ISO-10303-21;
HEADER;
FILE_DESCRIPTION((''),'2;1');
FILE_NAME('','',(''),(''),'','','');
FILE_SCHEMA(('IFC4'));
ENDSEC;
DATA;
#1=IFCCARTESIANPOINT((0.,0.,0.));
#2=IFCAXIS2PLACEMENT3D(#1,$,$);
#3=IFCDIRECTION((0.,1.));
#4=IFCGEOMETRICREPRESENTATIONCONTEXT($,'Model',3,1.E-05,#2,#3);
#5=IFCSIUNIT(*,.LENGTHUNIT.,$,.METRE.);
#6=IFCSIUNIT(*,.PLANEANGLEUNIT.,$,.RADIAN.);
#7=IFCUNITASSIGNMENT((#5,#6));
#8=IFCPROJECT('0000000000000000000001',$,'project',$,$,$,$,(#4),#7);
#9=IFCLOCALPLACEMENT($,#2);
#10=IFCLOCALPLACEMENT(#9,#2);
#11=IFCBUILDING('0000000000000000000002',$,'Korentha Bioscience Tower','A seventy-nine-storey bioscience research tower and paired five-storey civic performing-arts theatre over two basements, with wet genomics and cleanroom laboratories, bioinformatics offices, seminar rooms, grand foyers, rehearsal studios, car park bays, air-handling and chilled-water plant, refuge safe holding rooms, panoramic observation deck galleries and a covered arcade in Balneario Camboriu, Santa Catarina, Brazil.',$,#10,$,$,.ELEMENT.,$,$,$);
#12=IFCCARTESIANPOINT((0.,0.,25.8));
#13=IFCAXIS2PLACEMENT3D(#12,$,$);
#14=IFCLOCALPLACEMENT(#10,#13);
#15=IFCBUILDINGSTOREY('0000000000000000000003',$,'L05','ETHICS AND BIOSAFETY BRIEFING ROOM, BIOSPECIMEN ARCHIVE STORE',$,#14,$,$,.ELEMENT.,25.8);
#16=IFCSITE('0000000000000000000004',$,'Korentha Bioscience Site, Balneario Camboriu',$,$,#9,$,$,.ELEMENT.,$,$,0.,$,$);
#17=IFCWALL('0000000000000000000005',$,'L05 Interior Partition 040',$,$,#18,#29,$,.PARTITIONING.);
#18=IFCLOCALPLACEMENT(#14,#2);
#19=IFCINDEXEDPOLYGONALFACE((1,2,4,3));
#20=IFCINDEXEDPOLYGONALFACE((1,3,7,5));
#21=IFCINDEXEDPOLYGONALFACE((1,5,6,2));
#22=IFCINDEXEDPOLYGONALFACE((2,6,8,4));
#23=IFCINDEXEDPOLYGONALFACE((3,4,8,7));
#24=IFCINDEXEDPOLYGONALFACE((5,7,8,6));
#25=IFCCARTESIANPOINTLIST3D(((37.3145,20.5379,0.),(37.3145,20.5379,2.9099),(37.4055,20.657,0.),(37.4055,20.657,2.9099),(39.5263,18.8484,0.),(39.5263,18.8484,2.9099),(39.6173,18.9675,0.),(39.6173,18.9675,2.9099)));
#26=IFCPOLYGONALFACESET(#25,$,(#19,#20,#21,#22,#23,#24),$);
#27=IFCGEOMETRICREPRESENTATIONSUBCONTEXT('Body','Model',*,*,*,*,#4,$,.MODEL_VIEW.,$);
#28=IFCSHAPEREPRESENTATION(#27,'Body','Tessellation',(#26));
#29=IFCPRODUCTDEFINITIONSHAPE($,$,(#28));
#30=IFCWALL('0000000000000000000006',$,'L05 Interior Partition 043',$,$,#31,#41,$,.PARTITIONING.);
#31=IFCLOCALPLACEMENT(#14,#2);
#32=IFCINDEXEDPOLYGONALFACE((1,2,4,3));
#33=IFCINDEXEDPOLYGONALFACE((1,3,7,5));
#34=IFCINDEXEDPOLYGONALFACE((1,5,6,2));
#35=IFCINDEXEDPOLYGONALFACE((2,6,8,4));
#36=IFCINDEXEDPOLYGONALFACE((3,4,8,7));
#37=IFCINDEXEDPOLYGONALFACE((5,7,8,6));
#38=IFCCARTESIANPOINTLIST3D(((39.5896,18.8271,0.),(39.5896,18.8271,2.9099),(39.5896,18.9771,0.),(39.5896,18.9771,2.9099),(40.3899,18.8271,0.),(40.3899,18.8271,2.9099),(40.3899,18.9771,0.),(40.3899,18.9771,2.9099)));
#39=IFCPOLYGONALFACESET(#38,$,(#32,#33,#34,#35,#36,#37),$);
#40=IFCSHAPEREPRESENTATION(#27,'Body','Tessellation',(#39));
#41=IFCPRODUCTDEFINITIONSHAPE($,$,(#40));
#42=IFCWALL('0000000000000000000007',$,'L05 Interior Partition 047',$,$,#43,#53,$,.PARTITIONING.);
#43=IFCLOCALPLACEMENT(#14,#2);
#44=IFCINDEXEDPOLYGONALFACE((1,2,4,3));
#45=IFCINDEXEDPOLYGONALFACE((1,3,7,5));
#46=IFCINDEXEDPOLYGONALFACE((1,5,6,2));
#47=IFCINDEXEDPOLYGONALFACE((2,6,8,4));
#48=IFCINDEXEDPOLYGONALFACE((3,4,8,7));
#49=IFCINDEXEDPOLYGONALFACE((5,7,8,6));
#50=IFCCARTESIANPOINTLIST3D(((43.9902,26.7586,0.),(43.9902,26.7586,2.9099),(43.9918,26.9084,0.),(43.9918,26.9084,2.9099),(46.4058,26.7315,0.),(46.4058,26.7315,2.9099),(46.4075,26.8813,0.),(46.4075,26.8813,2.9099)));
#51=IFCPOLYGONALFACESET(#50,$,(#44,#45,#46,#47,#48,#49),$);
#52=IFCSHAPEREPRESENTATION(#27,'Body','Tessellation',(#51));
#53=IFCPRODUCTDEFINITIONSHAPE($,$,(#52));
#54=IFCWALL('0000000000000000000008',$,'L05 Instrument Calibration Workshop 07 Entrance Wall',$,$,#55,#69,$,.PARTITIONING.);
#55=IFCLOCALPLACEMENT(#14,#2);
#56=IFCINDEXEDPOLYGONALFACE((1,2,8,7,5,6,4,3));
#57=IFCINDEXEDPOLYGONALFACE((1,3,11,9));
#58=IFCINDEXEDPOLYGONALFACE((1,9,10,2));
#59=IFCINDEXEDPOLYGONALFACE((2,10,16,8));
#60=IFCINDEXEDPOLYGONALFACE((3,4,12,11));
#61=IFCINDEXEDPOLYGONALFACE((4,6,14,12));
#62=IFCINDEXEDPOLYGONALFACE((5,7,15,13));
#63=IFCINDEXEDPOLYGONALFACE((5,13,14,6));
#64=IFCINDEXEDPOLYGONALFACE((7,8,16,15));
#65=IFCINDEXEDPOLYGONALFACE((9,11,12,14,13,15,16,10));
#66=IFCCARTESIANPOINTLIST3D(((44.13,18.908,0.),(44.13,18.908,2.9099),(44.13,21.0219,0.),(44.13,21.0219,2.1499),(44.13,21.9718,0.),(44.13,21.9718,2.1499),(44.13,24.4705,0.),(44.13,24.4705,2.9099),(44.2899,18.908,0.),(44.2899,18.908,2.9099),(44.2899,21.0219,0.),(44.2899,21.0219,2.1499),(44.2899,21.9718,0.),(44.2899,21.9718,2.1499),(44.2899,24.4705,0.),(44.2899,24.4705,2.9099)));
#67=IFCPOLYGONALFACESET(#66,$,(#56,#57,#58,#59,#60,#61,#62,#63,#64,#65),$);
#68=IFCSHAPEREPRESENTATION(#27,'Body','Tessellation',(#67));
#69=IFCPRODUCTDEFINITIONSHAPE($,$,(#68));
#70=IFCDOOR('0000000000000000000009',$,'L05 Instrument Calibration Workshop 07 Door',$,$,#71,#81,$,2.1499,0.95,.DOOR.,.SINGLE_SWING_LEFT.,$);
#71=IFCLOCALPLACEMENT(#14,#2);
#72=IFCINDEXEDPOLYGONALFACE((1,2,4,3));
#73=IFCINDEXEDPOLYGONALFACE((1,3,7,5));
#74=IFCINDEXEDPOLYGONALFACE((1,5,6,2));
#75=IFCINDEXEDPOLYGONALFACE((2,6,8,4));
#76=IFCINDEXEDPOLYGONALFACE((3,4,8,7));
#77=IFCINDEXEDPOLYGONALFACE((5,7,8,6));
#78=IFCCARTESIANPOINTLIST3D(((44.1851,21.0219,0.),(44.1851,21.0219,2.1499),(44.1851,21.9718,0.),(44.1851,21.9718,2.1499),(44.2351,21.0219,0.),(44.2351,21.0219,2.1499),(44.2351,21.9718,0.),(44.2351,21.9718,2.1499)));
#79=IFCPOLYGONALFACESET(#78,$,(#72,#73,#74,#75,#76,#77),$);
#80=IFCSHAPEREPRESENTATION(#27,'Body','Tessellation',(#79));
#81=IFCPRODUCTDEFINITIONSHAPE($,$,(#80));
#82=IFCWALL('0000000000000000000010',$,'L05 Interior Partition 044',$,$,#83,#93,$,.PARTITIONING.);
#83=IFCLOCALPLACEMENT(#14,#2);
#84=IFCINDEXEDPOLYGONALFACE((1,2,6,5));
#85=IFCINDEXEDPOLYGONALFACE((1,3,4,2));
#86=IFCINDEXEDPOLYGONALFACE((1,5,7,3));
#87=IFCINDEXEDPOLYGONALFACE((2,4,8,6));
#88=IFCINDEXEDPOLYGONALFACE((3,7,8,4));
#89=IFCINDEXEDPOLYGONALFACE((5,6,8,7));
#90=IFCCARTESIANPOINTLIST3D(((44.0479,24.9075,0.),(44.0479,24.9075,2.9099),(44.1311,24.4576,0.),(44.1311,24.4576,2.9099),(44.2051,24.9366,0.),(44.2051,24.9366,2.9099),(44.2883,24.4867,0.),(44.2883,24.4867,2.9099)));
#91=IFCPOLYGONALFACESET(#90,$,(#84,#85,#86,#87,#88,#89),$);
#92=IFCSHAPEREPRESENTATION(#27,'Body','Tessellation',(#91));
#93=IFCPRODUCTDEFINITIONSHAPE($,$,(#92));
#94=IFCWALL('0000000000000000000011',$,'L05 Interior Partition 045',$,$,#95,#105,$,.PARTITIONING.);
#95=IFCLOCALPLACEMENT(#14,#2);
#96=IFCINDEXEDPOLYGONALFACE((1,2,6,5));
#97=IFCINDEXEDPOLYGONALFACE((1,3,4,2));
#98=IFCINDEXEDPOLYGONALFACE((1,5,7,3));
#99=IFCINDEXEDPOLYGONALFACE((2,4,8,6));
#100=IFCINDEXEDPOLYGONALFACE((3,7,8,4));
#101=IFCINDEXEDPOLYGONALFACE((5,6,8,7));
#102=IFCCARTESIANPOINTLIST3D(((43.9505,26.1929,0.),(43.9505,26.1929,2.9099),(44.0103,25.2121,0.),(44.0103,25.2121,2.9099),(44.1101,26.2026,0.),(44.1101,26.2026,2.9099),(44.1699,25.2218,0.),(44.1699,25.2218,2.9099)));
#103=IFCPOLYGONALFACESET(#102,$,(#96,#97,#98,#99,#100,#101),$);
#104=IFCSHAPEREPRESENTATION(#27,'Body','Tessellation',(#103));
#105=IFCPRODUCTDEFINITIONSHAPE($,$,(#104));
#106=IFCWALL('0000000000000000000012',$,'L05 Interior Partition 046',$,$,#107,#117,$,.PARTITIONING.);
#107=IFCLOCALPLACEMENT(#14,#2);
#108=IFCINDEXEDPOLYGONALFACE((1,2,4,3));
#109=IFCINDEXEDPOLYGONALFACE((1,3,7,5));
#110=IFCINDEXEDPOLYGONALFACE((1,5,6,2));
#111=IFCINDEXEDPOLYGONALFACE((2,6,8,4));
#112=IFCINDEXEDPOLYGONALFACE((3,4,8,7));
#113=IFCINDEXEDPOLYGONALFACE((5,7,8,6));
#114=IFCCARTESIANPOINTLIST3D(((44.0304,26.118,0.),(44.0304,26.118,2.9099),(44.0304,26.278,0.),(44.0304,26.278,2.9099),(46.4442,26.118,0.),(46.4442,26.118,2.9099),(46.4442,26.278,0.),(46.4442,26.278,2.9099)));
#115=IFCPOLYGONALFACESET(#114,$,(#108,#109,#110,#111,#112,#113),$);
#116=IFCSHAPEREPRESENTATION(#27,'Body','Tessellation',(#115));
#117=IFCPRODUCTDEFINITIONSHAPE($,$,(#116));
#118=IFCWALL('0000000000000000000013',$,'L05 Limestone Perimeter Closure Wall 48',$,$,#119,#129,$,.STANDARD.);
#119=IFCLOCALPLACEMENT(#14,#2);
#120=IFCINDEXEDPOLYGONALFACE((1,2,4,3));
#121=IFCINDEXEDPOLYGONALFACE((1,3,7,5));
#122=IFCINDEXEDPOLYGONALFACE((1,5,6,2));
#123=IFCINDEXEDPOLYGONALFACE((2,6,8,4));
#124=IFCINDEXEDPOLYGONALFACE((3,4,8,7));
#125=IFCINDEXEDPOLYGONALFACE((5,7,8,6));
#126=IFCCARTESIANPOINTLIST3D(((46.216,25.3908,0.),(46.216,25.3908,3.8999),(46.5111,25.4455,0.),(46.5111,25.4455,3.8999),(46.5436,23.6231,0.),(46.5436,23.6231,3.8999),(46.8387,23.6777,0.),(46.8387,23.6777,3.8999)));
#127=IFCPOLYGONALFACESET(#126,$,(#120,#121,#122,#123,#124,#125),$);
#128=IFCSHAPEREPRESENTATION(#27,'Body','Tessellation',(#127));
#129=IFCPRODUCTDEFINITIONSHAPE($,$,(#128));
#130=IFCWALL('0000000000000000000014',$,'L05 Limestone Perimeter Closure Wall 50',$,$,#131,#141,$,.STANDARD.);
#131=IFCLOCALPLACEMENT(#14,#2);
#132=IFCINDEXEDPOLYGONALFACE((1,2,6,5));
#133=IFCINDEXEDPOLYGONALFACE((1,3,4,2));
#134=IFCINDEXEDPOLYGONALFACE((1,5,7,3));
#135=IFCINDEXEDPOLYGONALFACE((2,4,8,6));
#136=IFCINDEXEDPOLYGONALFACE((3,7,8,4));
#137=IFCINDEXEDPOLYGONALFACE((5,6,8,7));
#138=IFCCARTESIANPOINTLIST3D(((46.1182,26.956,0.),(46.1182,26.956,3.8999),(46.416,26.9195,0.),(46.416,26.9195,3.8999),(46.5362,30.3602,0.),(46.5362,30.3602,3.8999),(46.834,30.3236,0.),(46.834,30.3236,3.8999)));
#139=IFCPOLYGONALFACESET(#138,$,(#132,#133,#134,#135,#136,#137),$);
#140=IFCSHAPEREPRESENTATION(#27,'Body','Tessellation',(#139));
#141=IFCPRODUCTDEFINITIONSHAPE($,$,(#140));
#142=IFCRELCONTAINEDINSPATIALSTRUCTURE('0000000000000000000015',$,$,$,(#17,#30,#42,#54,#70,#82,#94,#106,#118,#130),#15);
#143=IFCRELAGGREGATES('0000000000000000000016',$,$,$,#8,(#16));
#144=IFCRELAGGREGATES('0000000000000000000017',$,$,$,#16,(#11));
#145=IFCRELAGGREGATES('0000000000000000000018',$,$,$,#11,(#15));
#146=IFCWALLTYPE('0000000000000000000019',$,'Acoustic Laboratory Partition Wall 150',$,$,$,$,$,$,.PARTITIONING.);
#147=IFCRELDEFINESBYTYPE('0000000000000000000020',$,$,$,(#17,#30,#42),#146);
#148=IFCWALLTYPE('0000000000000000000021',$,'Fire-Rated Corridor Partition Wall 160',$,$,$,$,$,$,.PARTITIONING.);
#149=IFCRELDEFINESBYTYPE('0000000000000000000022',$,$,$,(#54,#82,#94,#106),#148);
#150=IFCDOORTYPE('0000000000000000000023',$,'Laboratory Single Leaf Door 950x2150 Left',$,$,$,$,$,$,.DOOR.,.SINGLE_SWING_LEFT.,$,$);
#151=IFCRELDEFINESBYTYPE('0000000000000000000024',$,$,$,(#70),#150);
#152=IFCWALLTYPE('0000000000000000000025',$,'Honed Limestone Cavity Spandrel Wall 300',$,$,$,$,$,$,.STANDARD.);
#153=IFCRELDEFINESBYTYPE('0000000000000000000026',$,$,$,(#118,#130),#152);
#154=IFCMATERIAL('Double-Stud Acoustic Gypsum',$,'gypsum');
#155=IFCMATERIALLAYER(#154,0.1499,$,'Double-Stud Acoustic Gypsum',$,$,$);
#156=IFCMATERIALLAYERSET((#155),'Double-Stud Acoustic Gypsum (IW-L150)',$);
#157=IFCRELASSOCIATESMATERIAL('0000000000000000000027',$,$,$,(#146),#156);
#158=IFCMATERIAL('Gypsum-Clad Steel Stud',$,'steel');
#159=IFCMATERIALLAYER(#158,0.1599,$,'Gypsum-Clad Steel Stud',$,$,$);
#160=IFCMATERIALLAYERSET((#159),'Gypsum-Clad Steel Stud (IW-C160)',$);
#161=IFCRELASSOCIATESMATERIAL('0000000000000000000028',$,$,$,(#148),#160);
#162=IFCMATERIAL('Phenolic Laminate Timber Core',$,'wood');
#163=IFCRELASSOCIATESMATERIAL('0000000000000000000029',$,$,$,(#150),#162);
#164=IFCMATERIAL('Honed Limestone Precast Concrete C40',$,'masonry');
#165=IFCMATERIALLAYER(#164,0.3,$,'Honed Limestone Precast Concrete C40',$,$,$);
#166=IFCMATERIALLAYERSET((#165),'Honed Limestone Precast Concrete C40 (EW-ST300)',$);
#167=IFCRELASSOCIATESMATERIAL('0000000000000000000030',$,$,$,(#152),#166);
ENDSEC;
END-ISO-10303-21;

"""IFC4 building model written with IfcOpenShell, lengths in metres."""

from ifc_helpers import new_model, si_unit, direction, frame, frame_2d, origin, place, context, subcontext, project, spatial, rectangle, extrude, material, layer, layer_set, type_object, element, fill, save


model = new_model("IFC4")

# Units and contexts
model_context = context("Model", 3, precision=1e-05, world=origin(), true_north=direction((0.0, 1.0)))
body_context = subcontext(model_context, "Body", "Model", "MODEL_VIEW")
ifc_project = project(units=[si_unit("LENGTHUNIT", "METRE"), si_unit("PLANEANGLEUNIT", "RADIAN")], contexts=[model_context])

# Site, building, storey
site_placement = place(None, origin())
site = spatial("IfcSite", under=ifc_project, at=site_placement, Name="Korentha Bioscience Site, Balneario Camboriu", CompositionType="ELEMENT", RefElevation=0.0)
building_placement = place(site_placement, origin())
building = spatial("IfcBuilding", under=site, at=building_placement, Name="Korentha Bioscience Tower", Description="A seventy-nine-storey bioscience research tower and paired five-storey civic performing-arts theatre over two basements, with wet genomics and cleanroom laboratories, bioinformatics offices, seminar rooms, grand foyers, rehearsal studios, car park bays, air-handling and chilled-water plant, refuge safe holding rooms, panoramic observation deck galleries and a covered arcade in Balneario Camboriu, Santa Catarina, Brazil.", CompositionType="ELEMENT")
storey_placement = place(building_placement, frame((0.0, 0.0, 25.8)))
storey = spatial("IfcBuildingStorey", under=building, at=storey_placement, Name="L05", Description="ETHICS AND BIOSAFETY BRIEFING ROOM, BIOSPECIMEN ARCHIVE STORE", CompositionType="ELEMENT", Elevation=25.8)

# Shared definitions
ifc_material_1 = material(Name="Double-Stud Acoustic Gypsum", Category="gypsum")
ifc_layer_1 = layer(ifc_material_1, 0.1499, Name="Double-Stud Acoustic Gypsum")
ifc_layer_set_1 = layer_set([ifc_layer_1], Name="Double-Stud Acoustic Gypsum (IW-L150)")
wall_type_1 = type_object("IfcWallType", Name="Acoustic Laboratory Partition Wall 150", PredefinedType="PARTITIONING", material=ifc_layer_set_1)
ifc_material_2 = material(Name="Phenolic Laminate Timber Core", Category="wood")

# Walls
wall_1_placement = place(storey_placement, frame((39.5718, 18.908, 0.0), z_axis=(0.0, 0.0, 1.0), x_axis=(-0.794674, 0.607037, 0.0)))
element("IfcWall", 1, at=wall_1_placement, inside=storey, type_object=wall_type_1, Name="L05 Interior Partition 040", PredefinedType="PARTITIONING", context=body_context, shape_type="SweptSolid", body=[
    extrude(rectangle(XDim=2.7832, YDim=0.1499, at=frame_2d((1.3916, 0.0))), origin(), (0.0, 0.0, 1.0), 2.9099),
])
wall_2_placement = place(storey_placement, frame((40.3899, 18.9021, 0.0), z_axis=(0.0, 0.0, 1.0), x_axis=(-1.0, 0.0, 0.0)))
element("IfcWall", 2, at=wall_2_placement, inside=storey, type_object=wall_type_1, Name="L05 Interior Partition 043", PredefinedType="PARTITIONING", context=body_context, shape_type="SweptSolid", body=[
    extrude(rectangle(XDim=0.8003, YDim=0.1499, at=frame_2d((0.4001, 0.0))), origin(), (0.0, 0.0, 1.0), 2.9099),
])
wall_3_placement = place(storey_placement, frame((46.4067, 26.8064, 0.0), z_axis=(0.0, 0.0, 1.0), x_axis=(-0.999937, 0.011218, 0.0)))
element("IfcWall", 3, at=wall_3_placement, inside=storey, type_object=wall_type_1, Name="L05 Interior Partition 047", PredefinedType="PARTITIONING", context=body_context, shape_type="SweptSolid", body=[
    extrude(rectangle(XDim=2.4158, YDim=0.1499, at=frame_2d((1.208, 0.0))), origin(), (0.0, 0.0, 1.0), 2.9099),
])

# Wall, opening, door
ifc_material_3 = material(Name="Gypsum-Clad Steel Stud", Category="steel")
ifc_layer_2 = layer(ifc_material_3, 0.1599, Name="Gypsum-Clad Steel Stud")
ifc_layer_set_2 = layer_set([ifc_layer_2], Name="Gypsum-Clad Steel Stud (IW-C160)")
wall_type_2 = type_object("IfcWallType", Name="Fire-Rated Corridor Partition Wall 160", PredefinedType="PARTITIONING", material=ifc_layer_set_2)
wall_4_placement = place(storey_placement, frame((44.21, 18.908, 0.0), z_axis=(0.0, 0.0, 1.0), x_axis=(0.0, 1.0, 0.0)))
wall_4 = element("IfcWall", 4, at=wall_4_placement, inside=storey, type_object=wall_type_2, Name="L05 Instrument Calibration Workshop 07 Entrance Wall", PredefinedType="PARTITIONING", context=body_context, shape_type="SweptSolid", body=[
    extrude(rectangle(XDim=5.5625, YDim=0.1599, at=frame_2d((2.7812, 0.0))), origin(), (0.0, 0.0, 1.0), 2.9099),
])
opening_1_placement = place(wall_4_placement, frame((2.1138, 0.0, 0.0)))
opening_1 = element("IfcOpeningElement", 5, at=opening_1_placement, cuts=wall_4, PredefinedType="OPENING", context=body_context, shape_type="SweptSolid", body=[
    extrude(rectangle(XDim=0.95, YDim=2.1499, at=frame_2d((0.4751, 1.075))), frame((0.0, 0.0947, 0.0), z_axis=(0.0, -1.0, 0.0), x_axis=(1.0, 0.0, 0.0)), (0.0, 0.0, 1.0), 0.1897),
])
door_type_1 = type_object("IfcDoorType", Name="Laboratory Single Leaf Door 950x2150 Left", OperationType="SINGLE_SWING_LEFT", PredefinedType="DOOR", material=ifc_material_2)
door_1_placement = place(opening_1_placement, origin())
door_1 = element("IfcDoor", 6, at=door_1_placement, inside=storey, type_object=door_type_1, Name="L05 Instrument Calibration Workshop 07 Door", OperationType="SINGLE_SWING_LEFT", OverallHeight=2.1499, OverallWidth=0.95, PredefinedType="DOOR", context=body_context, shape_type="SweptSolid", body=[
    extrude(rectangle(XDim=0.95, YDim=2.1499, at=frame_2d((0.4751, 1.075))), frame((0.0, 0.0249, 0.0), z_axis=(0.0, -1.0, 0.0), x_axis=(1.0, 0.0, 0.0)), (0.0, 0.0, 1.0), 0.05),
])
fill(opening_1, door_1)

# Walls
wall_5_placement = place(storey_placement, frame((44.2097, 24.4722, 0.0), z_axis=(0.0, 0.0, 1.0), x_axis=(-0.181936, 0.98331, 0.0)))
element("IfcWall", 7, at=wall_5_placement, inside=storey, type_object=wall_type_2, Name="L05 Interior Partition 044", PredefinedType="PARTITIONING", context=body_context, shape_type="SweptSolid", body=[
    extrude(rectangle(XDim=0.4575, YDim=0.1599, at=frame_2d((0.2288, 0.0))), origin(), (0.0, 0.0, 1.0), 2.9099),
])
wall_6_placement = place(storey_placement, frame((44.0901, 25.217, 0.0), z_axis=(0.0, 0.0, 1.0), x_axis=(-0.060863, 0.998146, 0.0)))
element("IfcWall", 8, at=wall_6_placement, inside=storey, type_object=wall_type_2, Name="L05 Interior Partition 045", PredefinedType="PARTITIONING", context=body_context, shape_type="SweptSolid", body=[
    extrude(rectangle(XDim=0.9827, YDim=0.1599, at=frame_2d((0.4912, 0.0))), origin(), (0.0, 0.0, 1.0), 2.9099),
])
wall_7_placement = place(storey_placement, frame((44.0303, 26.198, 0.0), z_axis=(0.0, 0.0, 1.0), x_axis=(1.0, 0.0, 0.0)))
element("IfcWall", 9, at=wall_7_placement, inside=storey, type_object=wall_type_2, Name="L05 Interior Partition 046", PredefinedType="PARTITIONING", context=body_context, shape_type="SweptSolid", body=[
    extrude(rectangle(XDim=2.4138, YDim=0.1599, at=frame_2d((1.207, 0.0))), origin(), (0.0, 0.0, 1.0), 2.9099),
])
ifc_material_4 = material(Name="Honed Limestone Precast Concrete C40", Category="masonry")
ifc_layer_3 = layer(ifc_material_4, 0.3, Name="Honed Limestone Precast Concrete C40")
ifc_layer_set_3 = layer_set([ifc_layer_3], Name="Honed Limestone Precast Concrete C40 (EW-ST300)")
wall_type_3 = type_object("IfcWallType", Name="Honed Limestone Cavity Spandrel Wall 300", PredefinedType="STANDARD", material=ifc_layer_set_3)
wall_8_placement = place(storey_placement, frame((46.6912, 23.6504, 0.0), z_axis=(0.0, 0.0, 1.0), x_axis=(-0.18223, 0.983256, 0.0)))
element("IfcWall", 10, at=wall_8_placement, inside=storey, type_object=wall_type_3, Name="L05 Limestone Perimeter Closure Wall 48", PredefinedType="STANDARD", context=body_context, shape_type="SweptSolid", body=[
    extrude(rectangle(XDim=1.7979, YDim=0.3, at=frame_2d((0.8989, 0.0))), origin(), (0.0, 0.0, 1.0), 3.8999),
])
wall_9_placement = place(storey_placement, frame((46.2671, 26.9377, 0.0), z_axis=(0.0, 0.0, 1.0), x_axis=(0.12187, 0.992546, 0.0)))
element("IfcWall", 11, at=wall_9_placement, inside=storey, type_object=wall_type_3, Name="L05 Limestone Perimeter Closure Wall 50", PredefinedType="STANDARD", context=body_context, shape_type="SweptSolid", body=[
    extrude(rectangle(XDim=3.4297, YDim=0.3, at=frame_2d((1.7148, 0.0))), origin(), (0.0, 0.0, 1.0), 3.8999),
])

save(model, "model.ifc")
